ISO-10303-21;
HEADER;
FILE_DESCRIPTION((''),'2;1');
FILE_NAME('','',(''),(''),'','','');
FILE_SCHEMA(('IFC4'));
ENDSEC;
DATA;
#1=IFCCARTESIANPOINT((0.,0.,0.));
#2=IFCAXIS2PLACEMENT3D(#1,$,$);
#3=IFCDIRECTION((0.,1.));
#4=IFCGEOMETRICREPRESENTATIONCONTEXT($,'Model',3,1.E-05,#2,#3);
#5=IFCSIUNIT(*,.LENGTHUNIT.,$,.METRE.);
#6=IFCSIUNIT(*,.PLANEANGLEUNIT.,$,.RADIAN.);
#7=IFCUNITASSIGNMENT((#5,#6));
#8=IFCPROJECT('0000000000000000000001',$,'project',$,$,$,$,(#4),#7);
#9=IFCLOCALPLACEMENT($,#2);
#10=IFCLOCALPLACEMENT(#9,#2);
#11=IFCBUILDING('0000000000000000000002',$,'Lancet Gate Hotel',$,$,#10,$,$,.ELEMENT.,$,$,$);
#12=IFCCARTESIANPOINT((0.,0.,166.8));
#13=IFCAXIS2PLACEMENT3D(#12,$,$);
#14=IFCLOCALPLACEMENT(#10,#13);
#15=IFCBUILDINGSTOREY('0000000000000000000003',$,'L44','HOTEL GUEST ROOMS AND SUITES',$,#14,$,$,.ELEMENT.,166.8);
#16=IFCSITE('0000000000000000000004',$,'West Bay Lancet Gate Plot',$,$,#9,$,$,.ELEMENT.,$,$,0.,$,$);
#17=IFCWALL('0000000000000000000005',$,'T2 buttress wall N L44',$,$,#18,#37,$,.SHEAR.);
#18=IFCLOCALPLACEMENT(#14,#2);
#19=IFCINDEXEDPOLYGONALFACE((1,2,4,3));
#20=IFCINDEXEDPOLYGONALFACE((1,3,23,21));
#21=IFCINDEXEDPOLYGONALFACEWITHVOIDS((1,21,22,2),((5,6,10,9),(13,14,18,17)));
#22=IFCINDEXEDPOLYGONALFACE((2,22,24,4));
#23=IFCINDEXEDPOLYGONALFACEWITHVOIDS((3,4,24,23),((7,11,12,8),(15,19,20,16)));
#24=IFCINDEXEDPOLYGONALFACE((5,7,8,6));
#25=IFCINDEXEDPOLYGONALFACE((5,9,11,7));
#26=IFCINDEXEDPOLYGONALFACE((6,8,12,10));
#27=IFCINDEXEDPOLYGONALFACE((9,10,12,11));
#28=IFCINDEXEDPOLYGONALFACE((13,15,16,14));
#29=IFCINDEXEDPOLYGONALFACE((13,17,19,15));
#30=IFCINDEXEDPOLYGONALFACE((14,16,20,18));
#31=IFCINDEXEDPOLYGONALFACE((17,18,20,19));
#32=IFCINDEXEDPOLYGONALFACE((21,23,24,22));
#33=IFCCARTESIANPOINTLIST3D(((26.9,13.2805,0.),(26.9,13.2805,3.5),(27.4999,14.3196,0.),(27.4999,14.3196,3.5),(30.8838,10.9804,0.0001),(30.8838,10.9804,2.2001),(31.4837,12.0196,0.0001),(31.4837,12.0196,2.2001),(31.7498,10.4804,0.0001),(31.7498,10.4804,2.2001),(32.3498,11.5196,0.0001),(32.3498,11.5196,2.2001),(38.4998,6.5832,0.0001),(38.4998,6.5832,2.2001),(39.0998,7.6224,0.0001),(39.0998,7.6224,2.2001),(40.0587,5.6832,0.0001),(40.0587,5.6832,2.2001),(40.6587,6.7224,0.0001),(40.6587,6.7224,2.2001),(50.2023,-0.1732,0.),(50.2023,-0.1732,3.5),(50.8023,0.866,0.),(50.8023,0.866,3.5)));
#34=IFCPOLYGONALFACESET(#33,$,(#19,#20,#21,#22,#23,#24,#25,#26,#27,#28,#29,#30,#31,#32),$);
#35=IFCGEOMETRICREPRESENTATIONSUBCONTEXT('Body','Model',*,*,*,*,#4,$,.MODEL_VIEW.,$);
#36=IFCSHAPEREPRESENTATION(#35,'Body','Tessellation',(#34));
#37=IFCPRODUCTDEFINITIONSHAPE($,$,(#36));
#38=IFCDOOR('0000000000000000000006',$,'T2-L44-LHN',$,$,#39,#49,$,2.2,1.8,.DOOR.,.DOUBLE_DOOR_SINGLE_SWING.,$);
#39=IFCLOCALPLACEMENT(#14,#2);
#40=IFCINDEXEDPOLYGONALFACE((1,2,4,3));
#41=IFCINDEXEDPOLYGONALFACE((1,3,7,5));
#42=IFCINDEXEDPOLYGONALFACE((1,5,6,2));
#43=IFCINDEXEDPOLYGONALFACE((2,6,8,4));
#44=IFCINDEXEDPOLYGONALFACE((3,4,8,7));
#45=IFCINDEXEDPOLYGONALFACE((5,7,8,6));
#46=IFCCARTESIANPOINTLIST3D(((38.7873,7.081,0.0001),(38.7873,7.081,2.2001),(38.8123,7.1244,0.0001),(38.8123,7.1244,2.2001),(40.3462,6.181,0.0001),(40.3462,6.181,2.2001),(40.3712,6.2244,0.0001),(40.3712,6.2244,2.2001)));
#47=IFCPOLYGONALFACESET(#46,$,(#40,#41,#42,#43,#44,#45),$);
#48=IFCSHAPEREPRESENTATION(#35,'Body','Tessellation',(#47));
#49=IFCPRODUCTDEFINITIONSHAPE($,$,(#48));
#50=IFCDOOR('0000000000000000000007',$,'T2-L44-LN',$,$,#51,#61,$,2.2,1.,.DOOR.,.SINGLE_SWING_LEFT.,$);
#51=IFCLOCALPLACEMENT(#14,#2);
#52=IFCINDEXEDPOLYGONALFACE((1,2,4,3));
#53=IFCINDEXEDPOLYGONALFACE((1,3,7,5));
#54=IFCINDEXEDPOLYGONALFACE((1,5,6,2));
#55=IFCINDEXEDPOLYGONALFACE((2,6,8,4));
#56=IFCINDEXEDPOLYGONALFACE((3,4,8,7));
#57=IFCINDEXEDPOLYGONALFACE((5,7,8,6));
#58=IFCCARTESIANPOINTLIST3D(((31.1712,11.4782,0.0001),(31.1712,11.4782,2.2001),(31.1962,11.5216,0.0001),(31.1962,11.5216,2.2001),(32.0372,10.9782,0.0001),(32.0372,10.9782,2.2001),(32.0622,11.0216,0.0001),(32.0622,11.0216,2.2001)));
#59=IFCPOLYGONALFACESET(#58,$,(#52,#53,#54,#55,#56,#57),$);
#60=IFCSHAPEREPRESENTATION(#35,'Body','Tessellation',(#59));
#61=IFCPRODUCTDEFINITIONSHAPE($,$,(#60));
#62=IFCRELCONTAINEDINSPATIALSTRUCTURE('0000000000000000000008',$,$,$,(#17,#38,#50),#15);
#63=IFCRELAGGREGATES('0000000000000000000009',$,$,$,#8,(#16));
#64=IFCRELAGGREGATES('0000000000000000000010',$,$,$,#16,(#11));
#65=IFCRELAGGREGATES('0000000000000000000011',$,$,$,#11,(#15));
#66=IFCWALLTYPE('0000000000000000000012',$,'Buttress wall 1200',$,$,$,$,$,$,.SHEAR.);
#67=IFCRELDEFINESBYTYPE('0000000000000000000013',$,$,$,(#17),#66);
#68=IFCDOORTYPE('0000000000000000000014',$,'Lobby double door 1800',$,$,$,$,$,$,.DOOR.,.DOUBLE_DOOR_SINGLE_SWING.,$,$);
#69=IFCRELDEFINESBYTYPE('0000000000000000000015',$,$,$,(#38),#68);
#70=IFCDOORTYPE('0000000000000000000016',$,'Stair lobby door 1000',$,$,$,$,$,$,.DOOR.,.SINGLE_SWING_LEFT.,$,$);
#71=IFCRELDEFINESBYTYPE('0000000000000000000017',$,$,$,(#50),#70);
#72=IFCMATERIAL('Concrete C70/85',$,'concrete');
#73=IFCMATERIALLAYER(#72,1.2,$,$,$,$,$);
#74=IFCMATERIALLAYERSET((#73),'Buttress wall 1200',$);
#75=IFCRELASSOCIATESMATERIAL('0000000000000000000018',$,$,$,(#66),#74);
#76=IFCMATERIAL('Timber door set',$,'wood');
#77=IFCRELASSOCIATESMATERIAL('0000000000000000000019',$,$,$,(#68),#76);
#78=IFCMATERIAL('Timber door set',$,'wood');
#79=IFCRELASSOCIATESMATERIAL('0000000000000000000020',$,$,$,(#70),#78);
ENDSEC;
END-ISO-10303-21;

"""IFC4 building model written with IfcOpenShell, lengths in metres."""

from ifc_helpers import new_model, si_unit, direction, frame, frame_2d, origin, place, context, subcontext, project, spatial, rectangle, extrude, material, layer, layer_set, type_object, element, fill, save


model = new_model("IFC4")

# Units and contexts
model_context = context("Model", 3, precision=1e-05, world=origin(), true_north=direction((0.0, 1.0)))
body_context = subcontext(model_context, "Body", "Model", "MODEL_VIEW")
ifc_project = project(units=[si_unit("LENGTHUNIT", "METRE"), si_unit("PLANEANGLEUNIT", "RADIAN")], contexts=[model_context])

# Site, building, storey
site_placement = place(None, origin())
site = spatial("IfcSite", under=ifc_project, at=site_placement, Name="West Bay Lancet Gate Plot", CompositionType="ELEMENT", RefElevation=0.0)
building_placement = place(site_placement, origin())
building = spatial("IfcBuilding", under=site, at=building_placement, Name="Lancet Gate Hotel", CompositionType="ELEMENT")
storey_placement = place(building_placement, frame((0.0, 0.0, 166.8)))
storey = spatial("IfcBuildingStorey", under=building, at=storey_placement, Name="L44", Description="HOTEL GUEST ROOMS AND SUITES", CompositionType="ELEMENT", Elevation=166.8)

# Wall, openings, doors
ifc_material_1 = material(Name="Concrete C70/85", Category="concrete")
ifc_layer_1 = layer(ifc_material_1, 1.2)
ifc_layer_set_1 = layer_set([ifc_layer_1], Name="Buttress wall 1200")
wall_type = type_object("IfcWallType", Name="Buttress wall 1200", PredefinedType="SHEAR", material=ifc_layer_set_1)
wall_placement = place(storey_placement, frame((27.2, 13.8, 0.0), z_axis=(0.0, 0.0, 1.0), x_axis=(0.866025, -0.500002, 0.0)))
wall = element("IfcWall", 1, at=wall_placement, inside=storey, type_object=wall_type, Name="T2 buttress wall N L44", PredefinedType="SHEAR", context=body_context, shape_type="SweptSolid", body=[
    extrude(rectangle(XDim=26.9072, YDim=1.2, at=frame_2d((13.4536, 0.0))), origin(), (0.0, 0.0, 1.0), 3.5),
])
opening_1_placement = place(wall_placement, frame((4.6001, 0.0, 0.0)))
opening_1 = element("IfcOpeningElement", 2, at=opening_1_placement, cuts=wall, PredefinedType="OPENING", context=body_context, shape_type="SweptSolid", body=[
    extrude(rectangle(XDim=1.0, YDim=2.2, at=frame_2d((0.5, 1.1001))), frame((0.0, 0.6099, 0.0), z_axis=(0.0, -1.0, 0.0), x_axis=(1.0, 0.0, 0.0)), (0.0, 0.0, 1.0), 1.22),
])
opening_2_placement = place(wall_placement, frame((13.3945, 0.0, 0.0)))
opening_2 = element("IfcOpeningElement", 3, at=opening_2_placement, cuts=wall, PredefinedType="OPENING", context=body_context, shape_type="SweptSolid", body=[
    extrude(rectangle(XDim=1.8, YDim=2.2, at=frame_2d((0.8999, 1.1001))), frame((0.0, 0.6099, 0.0), z_axis=(0.0, -1.0, 0.0), x_axis=(1.0, 0.0, 0.0)), (0.0, 0.0, 1.0), 1.22),
])
ifc_material_2 = material(Name="Timber door set", Category="wood")
door_type_1 = type_object("IfcDoorType", Name="Lobby double door 1800", OperationType="DOUBLE_DOOR_SINGLE_SWING", PredefinedType="DOOR", material=ifc_material_2)
door_1_placement = place(opening_2_placement, origin())
door_1 = element("IfcDoor", 4, at=door_1_placement, inside=storey, type_object=door_type_1, Name="T2-L44-LHN", OperationType="DOUBLE_DOOR_SINGLE_SWING", OverallHeight=2.2, OverallWidth=1.8, PredefinedType="DOOR", context=body_context, shape_type="SweptSolid", body=[
    extrude(rectangle(XDim=1.8, YDim=2.2, at=frame_2d((0.8999, 1.1001))), frame((0.0, 0.0249, 0.0), z_axis=(0.0, -1.0, 0.0), x_axis=(1.0, 0.0, 0.0)), (0.0, 0.0, 1.0), 0.05),
])
fill(opening_2, door_1)
ifc_material_3 = material(Name="Timber door set", Category="wood")
door_type_2 = type_object("IfcDoorType", Name="Stair lobby door 1000", OperationType="SINGLE_SWING_LEFT", PredefinedType="DOOR", material=ifc_material_3)
door_2_placement = place(opening_1_placement, origin())
door_2 = element("IfcDoor", 5, at=door_2_placement, inside=storey, type_object=door_type_2, Name="T2-L44-LN", OperationType="SINGLE_SWING_LEFT", OverallHeight=2.2, OverallWidth=1.0, PredefinedType="DOOR", context=body_context, shape_type="SweptSolid", body=[
    extrude(rectangle(XDim=1.0, YDim=2.2, at=frame_2d((0.5, 1.1001))), frame((0.0, 0.0249, 0.0), z_axis=(0.0, -1.0, 0.0), x_axis=(1.0, 0.0, 0.0)), (0.0, 0.0, 1.0), 0.05),
])
fill(opening_1, door_2)

save(model, "model.ifc")
